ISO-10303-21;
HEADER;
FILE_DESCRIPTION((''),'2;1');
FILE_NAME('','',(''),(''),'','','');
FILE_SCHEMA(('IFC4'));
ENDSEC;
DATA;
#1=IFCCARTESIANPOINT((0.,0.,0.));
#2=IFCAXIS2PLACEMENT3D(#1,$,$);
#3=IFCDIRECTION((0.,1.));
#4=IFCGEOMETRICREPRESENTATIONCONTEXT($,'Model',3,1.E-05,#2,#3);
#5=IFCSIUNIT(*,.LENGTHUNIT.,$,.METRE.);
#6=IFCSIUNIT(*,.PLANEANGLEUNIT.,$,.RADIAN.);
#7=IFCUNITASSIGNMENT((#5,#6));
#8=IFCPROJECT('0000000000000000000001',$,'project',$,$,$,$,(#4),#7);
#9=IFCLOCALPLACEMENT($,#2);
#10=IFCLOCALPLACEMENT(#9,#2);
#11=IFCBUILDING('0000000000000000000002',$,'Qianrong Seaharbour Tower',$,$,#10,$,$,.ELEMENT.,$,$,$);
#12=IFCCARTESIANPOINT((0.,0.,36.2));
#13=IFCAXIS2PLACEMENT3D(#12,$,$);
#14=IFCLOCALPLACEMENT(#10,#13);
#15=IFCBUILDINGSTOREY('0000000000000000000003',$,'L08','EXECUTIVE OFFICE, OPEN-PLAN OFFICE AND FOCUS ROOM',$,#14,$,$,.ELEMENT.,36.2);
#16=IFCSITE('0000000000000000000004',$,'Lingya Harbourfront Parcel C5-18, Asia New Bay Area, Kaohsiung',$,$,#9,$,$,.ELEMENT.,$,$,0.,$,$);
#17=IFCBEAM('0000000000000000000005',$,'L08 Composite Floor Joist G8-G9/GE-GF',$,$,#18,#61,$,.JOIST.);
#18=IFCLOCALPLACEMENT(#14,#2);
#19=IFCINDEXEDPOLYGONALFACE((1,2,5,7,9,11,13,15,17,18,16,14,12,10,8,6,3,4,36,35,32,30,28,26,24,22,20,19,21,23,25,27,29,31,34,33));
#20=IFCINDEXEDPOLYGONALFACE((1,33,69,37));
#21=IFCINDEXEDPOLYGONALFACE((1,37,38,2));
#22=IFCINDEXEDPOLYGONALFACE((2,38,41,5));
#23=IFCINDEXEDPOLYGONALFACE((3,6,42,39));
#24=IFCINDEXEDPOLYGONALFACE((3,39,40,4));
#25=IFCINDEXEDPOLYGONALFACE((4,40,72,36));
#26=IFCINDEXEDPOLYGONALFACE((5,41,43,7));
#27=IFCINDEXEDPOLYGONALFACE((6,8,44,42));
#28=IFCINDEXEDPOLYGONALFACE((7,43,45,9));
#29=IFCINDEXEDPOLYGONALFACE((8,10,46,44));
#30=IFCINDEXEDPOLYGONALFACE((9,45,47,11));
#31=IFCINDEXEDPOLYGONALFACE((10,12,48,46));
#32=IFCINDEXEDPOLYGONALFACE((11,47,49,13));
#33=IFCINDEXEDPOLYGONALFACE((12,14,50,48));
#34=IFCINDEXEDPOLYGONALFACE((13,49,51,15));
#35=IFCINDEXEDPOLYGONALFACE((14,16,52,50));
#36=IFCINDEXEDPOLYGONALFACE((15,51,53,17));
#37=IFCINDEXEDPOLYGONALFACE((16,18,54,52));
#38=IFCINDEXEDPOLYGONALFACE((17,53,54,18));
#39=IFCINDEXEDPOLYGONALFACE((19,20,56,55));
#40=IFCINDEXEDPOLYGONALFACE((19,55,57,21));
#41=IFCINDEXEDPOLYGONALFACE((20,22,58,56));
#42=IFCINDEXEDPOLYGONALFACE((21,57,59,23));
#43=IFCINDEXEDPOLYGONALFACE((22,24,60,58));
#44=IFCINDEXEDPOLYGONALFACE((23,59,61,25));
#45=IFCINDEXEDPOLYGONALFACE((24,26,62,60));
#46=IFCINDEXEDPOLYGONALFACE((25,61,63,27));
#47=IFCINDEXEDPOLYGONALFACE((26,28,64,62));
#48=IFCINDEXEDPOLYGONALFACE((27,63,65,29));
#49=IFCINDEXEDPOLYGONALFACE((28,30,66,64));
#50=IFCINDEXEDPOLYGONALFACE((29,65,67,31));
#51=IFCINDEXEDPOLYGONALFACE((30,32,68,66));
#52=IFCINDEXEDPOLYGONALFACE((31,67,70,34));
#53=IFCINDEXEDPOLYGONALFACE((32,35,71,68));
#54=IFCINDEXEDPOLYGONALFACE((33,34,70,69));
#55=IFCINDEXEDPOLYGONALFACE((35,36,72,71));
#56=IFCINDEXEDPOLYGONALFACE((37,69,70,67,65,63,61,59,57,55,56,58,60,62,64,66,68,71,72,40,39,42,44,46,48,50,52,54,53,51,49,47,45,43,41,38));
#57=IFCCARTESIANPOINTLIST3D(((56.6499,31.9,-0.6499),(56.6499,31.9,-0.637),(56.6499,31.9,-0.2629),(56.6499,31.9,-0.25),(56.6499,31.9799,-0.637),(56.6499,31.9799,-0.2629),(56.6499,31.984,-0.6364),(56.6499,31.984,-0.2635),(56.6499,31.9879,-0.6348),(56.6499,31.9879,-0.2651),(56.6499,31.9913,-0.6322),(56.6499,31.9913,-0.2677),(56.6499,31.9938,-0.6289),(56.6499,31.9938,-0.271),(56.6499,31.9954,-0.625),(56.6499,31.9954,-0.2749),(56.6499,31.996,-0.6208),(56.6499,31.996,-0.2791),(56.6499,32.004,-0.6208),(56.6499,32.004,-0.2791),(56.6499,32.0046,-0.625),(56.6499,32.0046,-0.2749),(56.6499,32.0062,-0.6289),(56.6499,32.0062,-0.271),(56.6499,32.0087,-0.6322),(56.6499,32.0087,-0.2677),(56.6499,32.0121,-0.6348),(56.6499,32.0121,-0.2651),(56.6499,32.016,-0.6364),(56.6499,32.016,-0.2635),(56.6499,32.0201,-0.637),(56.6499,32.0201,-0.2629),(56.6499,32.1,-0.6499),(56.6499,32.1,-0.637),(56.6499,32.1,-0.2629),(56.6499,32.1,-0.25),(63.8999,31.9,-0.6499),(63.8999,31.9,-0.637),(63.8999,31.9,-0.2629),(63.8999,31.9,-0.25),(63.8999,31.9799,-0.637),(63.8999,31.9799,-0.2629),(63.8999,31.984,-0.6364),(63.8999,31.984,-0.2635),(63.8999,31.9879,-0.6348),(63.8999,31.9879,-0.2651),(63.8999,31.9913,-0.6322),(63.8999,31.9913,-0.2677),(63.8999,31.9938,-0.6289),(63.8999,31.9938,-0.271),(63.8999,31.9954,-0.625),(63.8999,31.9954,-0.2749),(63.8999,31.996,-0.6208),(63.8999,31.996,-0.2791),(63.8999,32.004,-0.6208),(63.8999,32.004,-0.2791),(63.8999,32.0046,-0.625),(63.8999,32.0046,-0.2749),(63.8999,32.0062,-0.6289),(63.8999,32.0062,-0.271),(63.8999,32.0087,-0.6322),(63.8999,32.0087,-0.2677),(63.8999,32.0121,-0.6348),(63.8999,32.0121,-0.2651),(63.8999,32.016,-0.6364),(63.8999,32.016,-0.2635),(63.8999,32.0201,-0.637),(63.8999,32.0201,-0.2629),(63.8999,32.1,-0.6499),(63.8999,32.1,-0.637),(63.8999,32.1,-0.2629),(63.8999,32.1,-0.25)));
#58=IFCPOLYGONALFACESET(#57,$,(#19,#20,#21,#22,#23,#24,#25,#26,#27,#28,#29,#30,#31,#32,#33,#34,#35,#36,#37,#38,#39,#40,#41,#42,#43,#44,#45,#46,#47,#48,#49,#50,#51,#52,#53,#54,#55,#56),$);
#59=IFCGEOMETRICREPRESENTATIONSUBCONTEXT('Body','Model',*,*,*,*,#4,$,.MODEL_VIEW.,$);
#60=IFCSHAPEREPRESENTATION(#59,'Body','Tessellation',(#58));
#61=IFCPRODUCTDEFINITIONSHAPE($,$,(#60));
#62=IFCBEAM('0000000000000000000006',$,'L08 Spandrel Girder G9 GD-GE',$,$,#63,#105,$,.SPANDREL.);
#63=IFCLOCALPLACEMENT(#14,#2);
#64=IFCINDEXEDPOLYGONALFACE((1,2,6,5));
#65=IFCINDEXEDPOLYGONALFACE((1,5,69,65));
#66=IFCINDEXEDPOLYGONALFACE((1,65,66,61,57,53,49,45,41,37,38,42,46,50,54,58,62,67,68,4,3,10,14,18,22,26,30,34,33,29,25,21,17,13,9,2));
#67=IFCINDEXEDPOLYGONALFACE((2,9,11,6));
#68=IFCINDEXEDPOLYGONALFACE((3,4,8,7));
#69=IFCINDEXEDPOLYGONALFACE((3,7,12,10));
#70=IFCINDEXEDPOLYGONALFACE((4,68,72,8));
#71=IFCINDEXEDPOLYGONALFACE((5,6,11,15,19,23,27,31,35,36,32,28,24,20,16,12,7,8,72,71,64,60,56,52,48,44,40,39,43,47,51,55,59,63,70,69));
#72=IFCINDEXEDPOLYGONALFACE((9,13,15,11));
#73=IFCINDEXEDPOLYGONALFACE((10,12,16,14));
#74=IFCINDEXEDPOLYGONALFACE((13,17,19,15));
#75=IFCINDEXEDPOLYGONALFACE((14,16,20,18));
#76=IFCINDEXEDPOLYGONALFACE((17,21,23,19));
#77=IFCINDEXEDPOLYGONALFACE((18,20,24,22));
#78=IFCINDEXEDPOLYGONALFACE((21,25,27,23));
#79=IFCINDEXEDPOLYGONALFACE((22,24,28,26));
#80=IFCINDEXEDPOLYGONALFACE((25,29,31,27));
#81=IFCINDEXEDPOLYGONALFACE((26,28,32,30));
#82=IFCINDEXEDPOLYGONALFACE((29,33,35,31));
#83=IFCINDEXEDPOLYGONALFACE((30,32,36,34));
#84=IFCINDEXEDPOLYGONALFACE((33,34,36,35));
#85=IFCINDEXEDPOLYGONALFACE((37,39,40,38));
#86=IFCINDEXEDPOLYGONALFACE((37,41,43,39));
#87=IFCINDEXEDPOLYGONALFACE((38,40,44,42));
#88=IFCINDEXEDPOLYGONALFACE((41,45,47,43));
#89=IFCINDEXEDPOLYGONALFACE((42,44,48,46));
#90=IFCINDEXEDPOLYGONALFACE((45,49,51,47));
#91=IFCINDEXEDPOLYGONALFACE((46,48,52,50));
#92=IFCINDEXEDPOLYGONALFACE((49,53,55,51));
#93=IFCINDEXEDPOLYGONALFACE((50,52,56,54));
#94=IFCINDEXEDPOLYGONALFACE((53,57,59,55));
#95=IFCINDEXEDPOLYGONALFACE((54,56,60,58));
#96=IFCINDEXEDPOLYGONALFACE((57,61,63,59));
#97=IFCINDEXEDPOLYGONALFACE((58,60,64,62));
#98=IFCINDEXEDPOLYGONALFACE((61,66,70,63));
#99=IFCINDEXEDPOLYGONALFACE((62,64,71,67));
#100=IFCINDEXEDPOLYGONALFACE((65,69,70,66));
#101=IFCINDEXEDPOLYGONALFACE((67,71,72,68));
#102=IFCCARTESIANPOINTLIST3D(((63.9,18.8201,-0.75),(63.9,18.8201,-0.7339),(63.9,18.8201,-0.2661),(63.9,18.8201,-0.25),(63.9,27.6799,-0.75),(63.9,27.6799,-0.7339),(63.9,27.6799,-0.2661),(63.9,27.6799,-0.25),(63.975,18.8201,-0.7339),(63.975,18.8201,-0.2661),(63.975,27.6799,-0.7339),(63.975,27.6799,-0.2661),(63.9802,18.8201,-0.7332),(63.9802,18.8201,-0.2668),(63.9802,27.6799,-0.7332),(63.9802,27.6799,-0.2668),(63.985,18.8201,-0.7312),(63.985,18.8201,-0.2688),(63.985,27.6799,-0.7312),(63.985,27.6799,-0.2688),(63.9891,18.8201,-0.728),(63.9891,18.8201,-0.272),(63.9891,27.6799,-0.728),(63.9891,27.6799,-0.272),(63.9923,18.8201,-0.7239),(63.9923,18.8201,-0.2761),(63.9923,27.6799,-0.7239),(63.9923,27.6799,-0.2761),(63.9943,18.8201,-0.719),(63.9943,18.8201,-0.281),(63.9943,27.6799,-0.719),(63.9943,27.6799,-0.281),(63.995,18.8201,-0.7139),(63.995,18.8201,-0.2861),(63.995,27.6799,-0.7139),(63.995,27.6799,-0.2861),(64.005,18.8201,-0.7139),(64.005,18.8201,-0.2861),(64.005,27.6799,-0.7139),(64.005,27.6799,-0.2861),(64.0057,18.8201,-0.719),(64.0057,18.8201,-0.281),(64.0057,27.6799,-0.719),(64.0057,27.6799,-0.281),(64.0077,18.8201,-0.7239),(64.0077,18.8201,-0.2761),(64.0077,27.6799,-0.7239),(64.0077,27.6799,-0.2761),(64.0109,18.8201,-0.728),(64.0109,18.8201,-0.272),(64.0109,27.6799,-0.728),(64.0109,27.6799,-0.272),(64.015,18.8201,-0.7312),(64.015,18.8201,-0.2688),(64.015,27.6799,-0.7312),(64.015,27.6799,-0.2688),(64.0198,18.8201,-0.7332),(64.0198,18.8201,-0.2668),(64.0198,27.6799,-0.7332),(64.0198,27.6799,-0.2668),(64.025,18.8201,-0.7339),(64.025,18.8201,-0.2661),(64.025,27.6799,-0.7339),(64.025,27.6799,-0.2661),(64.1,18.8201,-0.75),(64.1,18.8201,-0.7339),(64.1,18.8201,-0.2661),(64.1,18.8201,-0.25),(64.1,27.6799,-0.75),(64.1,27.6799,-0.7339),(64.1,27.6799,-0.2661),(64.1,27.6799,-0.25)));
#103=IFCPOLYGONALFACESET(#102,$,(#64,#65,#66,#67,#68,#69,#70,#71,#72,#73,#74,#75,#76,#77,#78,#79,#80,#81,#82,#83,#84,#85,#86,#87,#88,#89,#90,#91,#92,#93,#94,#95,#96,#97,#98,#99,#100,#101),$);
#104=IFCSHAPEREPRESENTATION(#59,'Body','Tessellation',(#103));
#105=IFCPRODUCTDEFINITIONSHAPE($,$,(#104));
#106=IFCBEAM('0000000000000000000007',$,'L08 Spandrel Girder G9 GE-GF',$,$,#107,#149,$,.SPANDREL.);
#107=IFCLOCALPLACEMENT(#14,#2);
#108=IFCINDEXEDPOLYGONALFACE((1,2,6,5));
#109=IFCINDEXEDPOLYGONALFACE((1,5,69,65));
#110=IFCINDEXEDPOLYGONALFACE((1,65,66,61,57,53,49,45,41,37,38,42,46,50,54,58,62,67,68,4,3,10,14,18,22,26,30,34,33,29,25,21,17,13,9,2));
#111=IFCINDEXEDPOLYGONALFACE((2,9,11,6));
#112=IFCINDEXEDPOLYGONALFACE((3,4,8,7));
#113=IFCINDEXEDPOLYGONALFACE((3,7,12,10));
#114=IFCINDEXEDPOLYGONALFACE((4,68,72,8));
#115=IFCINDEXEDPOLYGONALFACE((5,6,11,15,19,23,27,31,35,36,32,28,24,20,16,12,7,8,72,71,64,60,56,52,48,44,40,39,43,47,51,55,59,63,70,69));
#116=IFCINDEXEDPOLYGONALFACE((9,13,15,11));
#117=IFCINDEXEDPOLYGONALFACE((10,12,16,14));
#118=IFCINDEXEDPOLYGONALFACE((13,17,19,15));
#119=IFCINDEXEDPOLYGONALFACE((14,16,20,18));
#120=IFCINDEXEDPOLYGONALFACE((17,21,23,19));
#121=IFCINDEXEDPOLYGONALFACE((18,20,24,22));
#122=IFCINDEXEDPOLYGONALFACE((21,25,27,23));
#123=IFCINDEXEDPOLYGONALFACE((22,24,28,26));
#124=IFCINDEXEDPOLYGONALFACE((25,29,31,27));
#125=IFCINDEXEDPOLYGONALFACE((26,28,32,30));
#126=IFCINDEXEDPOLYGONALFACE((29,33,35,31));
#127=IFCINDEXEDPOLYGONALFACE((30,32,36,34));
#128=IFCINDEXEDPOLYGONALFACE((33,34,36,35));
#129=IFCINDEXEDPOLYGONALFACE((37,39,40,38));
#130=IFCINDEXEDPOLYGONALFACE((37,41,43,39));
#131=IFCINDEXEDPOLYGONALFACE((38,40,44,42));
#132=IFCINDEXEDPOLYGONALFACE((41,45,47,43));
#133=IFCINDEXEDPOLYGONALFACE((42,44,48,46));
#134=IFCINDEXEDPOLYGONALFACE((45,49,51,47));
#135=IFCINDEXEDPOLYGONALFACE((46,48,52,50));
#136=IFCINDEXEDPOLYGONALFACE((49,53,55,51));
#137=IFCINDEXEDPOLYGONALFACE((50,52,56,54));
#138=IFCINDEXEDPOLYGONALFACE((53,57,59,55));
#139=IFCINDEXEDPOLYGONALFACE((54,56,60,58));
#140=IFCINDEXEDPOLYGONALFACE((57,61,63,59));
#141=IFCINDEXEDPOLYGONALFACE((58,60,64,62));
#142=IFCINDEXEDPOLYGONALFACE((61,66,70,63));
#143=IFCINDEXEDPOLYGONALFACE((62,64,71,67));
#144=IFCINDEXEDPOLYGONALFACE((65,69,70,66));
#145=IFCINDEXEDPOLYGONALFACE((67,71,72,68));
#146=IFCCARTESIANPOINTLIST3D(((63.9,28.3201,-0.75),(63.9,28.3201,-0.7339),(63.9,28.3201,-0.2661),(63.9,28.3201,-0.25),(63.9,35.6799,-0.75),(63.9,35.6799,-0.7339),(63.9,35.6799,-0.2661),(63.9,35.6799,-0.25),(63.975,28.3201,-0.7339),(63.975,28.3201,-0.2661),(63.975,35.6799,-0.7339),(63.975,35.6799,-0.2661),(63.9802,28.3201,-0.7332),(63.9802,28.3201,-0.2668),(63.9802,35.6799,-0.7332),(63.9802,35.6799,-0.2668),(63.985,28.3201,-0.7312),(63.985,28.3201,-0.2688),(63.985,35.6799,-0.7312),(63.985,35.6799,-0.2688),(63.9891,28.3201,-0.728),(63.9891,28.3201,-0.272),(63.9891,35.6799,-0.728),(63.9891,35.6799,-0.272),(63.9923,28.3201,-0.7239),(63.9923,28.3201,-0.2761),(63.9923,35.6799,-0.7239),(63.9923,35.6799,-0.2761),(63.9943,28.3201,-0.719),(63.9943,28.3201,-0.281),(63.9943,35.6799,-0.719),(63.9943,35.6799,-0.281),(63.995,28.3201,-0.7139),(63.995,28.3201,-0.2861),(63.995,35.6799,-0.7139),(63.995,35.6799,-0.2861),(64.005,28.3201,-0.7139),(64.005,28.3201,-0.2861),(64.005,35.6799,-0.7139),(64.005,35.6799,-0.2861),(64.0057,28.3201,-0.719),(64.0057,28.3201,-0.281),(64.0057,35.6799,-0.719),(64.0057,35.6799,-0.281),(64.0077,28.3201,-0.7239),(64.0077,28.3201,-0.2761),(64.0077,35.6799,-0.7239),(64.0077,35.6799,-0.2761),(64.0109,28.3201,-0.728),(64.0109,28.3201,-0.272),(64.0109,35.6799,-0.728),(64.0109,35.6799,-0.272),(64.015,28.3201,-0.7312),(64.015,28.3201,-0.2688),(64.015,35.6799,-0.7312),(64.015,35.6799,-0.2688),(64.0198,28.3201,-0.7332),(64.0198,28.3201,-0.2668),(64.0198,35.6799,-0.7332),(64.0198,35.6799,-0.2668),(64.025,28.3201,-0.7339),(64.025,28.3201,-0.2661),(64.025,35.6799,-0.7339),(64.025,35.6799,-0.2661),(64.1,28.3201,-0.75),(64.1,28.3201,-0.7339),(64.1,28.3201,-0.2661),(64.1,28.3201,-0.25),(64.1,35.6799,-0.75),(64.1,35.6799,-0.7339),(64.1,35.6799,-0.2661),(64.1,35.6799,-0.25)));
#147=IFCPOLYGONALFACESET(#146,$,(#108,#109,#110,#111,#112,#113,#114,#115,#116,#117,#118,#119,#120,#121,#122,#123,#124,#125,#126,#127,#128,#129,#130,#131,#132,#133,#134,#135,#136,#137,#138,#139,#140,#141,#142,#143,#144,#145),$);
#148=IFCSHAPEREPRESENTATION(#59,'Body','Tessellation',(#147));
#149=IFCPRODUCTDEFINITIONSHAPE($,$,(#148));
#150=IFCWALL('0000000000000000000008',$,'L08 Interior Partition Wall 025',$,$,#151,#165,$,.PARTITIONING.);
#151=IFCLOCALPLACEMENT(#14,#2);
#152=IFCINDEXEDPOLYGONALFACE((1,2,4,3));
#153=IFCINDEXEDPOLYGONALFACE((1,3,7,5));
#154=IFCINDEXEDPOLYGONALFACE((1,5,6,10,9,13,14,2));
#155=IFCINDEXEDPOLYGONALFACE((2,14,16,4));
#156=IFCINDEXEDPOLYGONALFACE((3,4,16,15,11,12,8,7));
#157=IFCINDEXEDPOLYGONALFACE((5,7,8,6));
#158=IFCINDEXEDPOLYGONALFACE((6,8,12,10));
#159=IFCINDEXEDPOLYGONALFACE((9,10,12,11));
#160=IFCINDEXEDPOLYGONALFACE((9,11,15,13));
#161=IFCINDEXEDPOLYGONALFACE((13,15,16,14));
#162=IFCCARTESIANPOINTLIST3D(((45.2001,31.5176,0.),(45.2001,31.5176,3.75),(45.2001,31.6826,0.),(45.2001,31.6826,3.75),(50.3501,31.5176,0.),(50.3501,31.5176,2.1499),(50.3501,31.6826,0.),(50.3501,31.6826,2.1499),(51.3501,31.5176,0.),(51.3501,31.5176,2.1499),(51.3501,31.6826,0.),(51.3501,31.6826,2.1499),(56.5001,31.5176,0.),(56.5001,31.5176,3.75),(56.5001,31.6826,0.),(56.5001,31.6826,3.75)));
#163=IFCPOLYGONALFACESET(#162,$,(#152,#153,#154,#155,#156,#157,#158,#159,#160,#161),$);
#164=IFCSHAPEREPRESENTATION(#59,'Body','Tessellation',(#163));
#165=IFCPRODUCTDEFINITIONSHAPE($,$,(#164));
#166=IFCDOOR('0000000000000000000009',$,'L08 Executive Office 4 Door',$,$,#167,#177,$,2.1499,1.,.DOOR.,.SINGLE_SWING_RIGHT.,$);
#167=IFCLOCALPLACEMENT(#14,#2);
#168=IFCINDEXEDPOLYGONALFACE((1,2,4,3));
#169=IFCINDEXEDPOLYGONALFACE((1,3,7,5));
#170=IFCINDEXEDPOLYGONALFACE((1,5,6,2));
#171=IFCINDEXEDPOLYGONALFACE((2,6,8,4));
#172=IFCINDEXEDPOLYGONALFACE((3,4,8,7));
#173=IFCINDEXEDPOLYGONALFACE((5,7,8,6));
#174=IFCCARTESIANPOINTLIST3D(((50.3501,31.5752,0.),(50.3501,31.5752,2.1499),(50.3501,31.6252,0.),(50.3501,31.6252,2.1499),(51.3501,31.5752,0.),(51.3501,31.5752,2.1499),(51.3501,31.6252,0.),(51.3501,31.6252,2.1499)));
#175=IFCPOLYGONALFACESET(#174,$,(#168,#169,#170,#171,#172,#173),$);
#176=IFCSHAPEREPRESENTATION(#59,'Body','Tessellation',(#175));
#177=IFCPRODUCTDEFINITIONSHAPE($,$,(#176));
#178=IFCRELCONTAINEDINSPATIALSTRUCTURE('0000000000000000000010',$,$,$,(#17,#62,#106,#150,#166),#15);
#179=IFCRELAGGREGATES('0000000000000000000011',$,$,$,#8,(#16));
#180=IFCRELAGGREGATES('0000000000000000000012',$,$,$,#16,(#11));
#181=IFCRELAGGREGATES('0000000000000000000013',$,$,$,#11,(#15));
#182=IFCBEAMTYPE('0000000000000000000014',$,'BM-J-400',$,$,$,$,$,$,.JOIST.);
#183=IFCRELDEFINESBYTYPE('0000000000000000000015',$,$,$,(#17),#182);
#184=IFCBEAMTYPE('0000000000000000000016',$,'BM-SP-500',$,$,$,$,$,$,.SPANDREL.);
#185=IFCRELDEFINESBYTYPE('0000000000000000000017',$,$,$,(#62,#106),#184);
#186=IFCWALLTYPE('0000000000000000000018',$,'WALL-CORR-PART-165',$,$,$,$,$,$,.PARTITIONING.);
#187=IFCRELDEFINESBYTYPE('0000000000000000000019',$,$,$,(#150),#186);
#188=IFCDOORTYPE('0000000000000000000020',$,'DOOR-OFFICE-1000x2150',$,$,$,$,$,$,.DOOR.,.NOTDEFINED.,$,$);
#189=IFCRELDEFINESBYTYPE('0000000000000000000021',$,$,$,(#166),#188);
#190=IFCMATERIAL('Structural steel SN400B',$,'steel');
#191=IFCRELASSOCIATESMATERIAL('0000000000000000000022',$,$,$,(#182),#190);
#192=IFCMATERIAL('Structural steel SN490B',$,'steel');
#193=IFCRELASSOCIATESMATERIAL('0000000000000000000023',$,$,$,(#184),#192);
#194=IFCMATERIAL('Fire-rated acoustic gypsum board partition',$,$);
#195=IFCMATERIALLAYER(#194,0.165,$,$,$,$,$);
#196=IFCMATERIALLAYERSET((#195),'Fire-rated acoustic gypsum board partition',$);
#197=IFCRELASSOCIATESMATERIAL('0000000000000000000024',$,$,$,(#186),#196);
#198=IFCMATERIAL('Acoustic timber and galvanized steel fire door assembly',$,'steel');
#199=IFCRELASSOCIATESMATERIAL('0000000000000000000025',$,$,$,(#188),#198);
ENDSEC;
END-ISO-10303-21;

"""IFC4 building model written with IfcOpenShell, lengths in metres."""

from ifc_helpers import new_model, si_unit, direction, frame, frame_2d, origin, origin_2d, place, context, subcontext, project, spatial, rectangle, i_section, extrude, material, layer, layer_set, material_profile, profile_set, type_object, element, fill, save


model = new_model("IFC4")

# Units and contexts
model_context = context("Model", 3, precision=1e-05, world=origin(), true_north=direction((0.0, 1.0)))
body_context = subcontext(model_context, "Body", "Model", "MODEL_VIEW")
ifc_project = project(units=[si_unit("LENGTHUNIT", "METRE"), si_unit("PLANEANGLEUNIT", "RADIAN")], contexts=[model_context])

# Site, building, storey
site_placement = place(None, origin())
site = spatial("IfcSite", under=ifc_project, at=site_placement, Name="Lingya Harbourfront Parcel C5-18, Asia New Bay Area, Kaohsiung", CompositionType="ELEMENT", RefElevation=0.0)
building_placement = place(site_placement, origin())
building = spatial("IfcBuilding", under=site, at=building_placement, Name="Qianrong Seaharbour Tower", CompositionType="ELEMENT")
storey_placement = place(building_placement, frame((0.0, 0.0, 36.2)))
storey = spatial("IfcBuildingStorey", under=building, at=storey_placement, Name="L08", Description="EXECUTIVE OFFICE, OPEN-PLAN OFFICE AND FOCUS ROOM", CompositionType="ELEMENT", Elevation=36.2)

# Shared definitions
ifc_material_1 = material(Name="Structural steel SN490B", Category="steel")

# Beams
ifc_material_2 = material(Name="Structural steel SN400B", Category="steel")
ifc_material_profile_1 = material_profile(ifc_material_2, i_section(OverallWidth=0.2, OverallDepth=0.3999, WebThickness=0.0081, FlangeThickness=0.0129, FilletRadius=0.0161, at=origin_2d()), Name="H400x200x8x13")
ifc_profile_set_1 = profile_set([ifc_material_profile_1], Name="Structural steel SN400B")
beam_type_1 = type_object("IfcBeamType", Name="BM-J-400", PredefinedType="JOIST", material=ifc_profile_set_1)
for number, where, z_axis, x_axis, name in (
    (1, (56.6499, 32.0, -0.45), (1.0, 0.0, 0.0), (0.0, 1.0, 0.0), "L08 Composite Floor Joist G8-G9/GE-GF"),
):
    element("IfcBeam", number, at=place(storey_placement, frame(where, z_axis=z_axis, x_axis=x_axis)), inside=storey, type_object=beam_type_1, Name=name, PredefinedType="JOIST", context=body_context, shape_type="SweptSolid", body=[
        extrude(i_section(OverallWidth=0.2, OverallDepth=0.3999, WebThickness=0.0081, FlangeThickness=0.0129, FilletRadius=0.0161, at=origin_2d()), origin(), (0.0, 0.0, 1.0), 7.25),
    ])
ifc_material_profile_2 = material_profile(ifc_material_1, i_section(OverallWidth=0.2, OverallDepth=0.5, WebThickness=0.01, FlangeThickness=0.0161, FilletRadius=0.02, at=origin_2d()), Name="H500x200x10x16")
ifc_profile_set_2 = profile_set([ifc_material_profile_2], Name="Structural steel SN490B")
beam_type_2 = type_object("IfcBeamType", Name="BM-SP-500", PredefinedType="SPANDREL", material=ifc_profile_set_2)
beam_1_placement = place(storey_placement, frame((64.0, 18.8201, -0.5), z_axis=(0.0, 1.0, 0.0), x_axis=(-1.0, 0.0, 0.0)))
element("IfcBeam", 2, at=beam_1_placement, inside=storey, type_object=beam_type_2, Name="L08 Spandrel Girder G9 GD-GE", PredefinedType="SPANDREL", context=body_context, shape_type="SweptSolid", body=[
    extrude(i_section(OverallWidth=0.2, OverallDepth=0.5, WebThickness=0.01, FlangeThickness=0.0161, FilletRadius=0.02, at=origin_2d()), origin(), (0.0, 0.0, 1.0), 8.8599),
])
beam_2_placement = place(storey_placement, frame((64.0, 28.3201, -0.5), z_axis=(0.0, 1.0, 0.0), x_axis=(-1.0, 0.0, 0.0)))
element("IfcBeam", 3, at=beam_2_placement, inside=storey, type_object=beam_type_2, Name="L08 Spandrel Girder G9 GE-GF", PredefinedType="SPANDREL", context=body_context, shape_type="SweptSolid", body=[
    extrude(i_section(OverallWidth=0.2, OverallDepth=0.5, WebThickness=0.01, FlangeThickness=0.0161, FilletRadius=0.02, at=origin_2d()), origin(), (0.0, 0.0, 1.0), 7.3599),
])

# Wall, opening, door
ifc_material_3 = material(Name="Fire-rated acoustic gypsum board partition")
ifc_layer_1 = layer(ifc_material_3, 0.165)
ifc_layer_set_1 = layer_set([ifc_layer_1], Name="Fire-rated acoustic gypsum board partition")
wall_type_1 = type_object("IfcWallType", Name="WALL-CORR-PART-165", PredefinedType="PARTITIONING", material=ifc_layer_set_1)
wall_1_placement = place(storey_placement, frame((56.5, 31.6001, 0.0), z_axis=(0.0, 0.0, 1.0), x_axis=(-1.0, 0.0, 0.0)))
wall_1 = element("IfcWall", 4, at=wall_1_placement, inside=storey, type_object=wall_type_1, Name="L08 Interior Partition Wall 025", PredefinedType="PARTITIONING", context=body_context, shape_type="SweptSolid", body=[
    extrude(rectangle(XDim=11.3, YDim=0.165, at=frame_2d((5.6499, 0.0))), origin(), (0.0, 0.0, 1.0), 3.75),
])
opening_placement = place(wall_1_placement, frame((5.1499, 0.0, 0.0)))
opening = element("IfcOpeningElement", 5, at=opening_placement, cuts=wall_1, PredefinedType="OPENING", context=body_context, shape_type="SweptSolid", body=[
    extrude(rectangle(XDim=1.0, YDim=2.1499, at=frame_2d((0.5, 1.075))), frame((0.0, 0.0925, 0.0), z_axis=(0.0, -1.0, 0.0), x_axis=(1.0, 0.0, 0.0)), (0.0, 0.0, 1.0), 0.1851),
])
ifc_material_4 = material(Name="Acoustic timber and galvanized steel fire door assembly", Category="steel")
door_type = type_object("IfcDoorType", Name="DOOR-OFFICE-1000x2150", OperationType="NOTDEFINED", PredefinedType="DOOR", material=ifc_material_4)
door_placement = place(opening_placement, origin())
door = element("IfcDoor", 6, at=door_placement, inside=storey, type_object=door_type, Name="L08 Executive Office 4 Door", OperationType="SINGLE_SWING_RIGHT", OverallHeight=2.1499, OverallWidth=1.0, PredefinedType="DOOR", context=body_context, shape_type="SweptSolid", body=[
    extrude(rectangle(XDim=1.0, YDim=2.1499, at=frame_2d((0.5, 1.075))), frame((0.0, 0.0249, 0.0), z_axis=(0.0, -1.0, 0.0), x_axis=(1.0, 0.0, 0.0)), (0.0, 0.0, 1.0), 0.05),
])
fill(opening, door)

save(model, "model.ifc")
